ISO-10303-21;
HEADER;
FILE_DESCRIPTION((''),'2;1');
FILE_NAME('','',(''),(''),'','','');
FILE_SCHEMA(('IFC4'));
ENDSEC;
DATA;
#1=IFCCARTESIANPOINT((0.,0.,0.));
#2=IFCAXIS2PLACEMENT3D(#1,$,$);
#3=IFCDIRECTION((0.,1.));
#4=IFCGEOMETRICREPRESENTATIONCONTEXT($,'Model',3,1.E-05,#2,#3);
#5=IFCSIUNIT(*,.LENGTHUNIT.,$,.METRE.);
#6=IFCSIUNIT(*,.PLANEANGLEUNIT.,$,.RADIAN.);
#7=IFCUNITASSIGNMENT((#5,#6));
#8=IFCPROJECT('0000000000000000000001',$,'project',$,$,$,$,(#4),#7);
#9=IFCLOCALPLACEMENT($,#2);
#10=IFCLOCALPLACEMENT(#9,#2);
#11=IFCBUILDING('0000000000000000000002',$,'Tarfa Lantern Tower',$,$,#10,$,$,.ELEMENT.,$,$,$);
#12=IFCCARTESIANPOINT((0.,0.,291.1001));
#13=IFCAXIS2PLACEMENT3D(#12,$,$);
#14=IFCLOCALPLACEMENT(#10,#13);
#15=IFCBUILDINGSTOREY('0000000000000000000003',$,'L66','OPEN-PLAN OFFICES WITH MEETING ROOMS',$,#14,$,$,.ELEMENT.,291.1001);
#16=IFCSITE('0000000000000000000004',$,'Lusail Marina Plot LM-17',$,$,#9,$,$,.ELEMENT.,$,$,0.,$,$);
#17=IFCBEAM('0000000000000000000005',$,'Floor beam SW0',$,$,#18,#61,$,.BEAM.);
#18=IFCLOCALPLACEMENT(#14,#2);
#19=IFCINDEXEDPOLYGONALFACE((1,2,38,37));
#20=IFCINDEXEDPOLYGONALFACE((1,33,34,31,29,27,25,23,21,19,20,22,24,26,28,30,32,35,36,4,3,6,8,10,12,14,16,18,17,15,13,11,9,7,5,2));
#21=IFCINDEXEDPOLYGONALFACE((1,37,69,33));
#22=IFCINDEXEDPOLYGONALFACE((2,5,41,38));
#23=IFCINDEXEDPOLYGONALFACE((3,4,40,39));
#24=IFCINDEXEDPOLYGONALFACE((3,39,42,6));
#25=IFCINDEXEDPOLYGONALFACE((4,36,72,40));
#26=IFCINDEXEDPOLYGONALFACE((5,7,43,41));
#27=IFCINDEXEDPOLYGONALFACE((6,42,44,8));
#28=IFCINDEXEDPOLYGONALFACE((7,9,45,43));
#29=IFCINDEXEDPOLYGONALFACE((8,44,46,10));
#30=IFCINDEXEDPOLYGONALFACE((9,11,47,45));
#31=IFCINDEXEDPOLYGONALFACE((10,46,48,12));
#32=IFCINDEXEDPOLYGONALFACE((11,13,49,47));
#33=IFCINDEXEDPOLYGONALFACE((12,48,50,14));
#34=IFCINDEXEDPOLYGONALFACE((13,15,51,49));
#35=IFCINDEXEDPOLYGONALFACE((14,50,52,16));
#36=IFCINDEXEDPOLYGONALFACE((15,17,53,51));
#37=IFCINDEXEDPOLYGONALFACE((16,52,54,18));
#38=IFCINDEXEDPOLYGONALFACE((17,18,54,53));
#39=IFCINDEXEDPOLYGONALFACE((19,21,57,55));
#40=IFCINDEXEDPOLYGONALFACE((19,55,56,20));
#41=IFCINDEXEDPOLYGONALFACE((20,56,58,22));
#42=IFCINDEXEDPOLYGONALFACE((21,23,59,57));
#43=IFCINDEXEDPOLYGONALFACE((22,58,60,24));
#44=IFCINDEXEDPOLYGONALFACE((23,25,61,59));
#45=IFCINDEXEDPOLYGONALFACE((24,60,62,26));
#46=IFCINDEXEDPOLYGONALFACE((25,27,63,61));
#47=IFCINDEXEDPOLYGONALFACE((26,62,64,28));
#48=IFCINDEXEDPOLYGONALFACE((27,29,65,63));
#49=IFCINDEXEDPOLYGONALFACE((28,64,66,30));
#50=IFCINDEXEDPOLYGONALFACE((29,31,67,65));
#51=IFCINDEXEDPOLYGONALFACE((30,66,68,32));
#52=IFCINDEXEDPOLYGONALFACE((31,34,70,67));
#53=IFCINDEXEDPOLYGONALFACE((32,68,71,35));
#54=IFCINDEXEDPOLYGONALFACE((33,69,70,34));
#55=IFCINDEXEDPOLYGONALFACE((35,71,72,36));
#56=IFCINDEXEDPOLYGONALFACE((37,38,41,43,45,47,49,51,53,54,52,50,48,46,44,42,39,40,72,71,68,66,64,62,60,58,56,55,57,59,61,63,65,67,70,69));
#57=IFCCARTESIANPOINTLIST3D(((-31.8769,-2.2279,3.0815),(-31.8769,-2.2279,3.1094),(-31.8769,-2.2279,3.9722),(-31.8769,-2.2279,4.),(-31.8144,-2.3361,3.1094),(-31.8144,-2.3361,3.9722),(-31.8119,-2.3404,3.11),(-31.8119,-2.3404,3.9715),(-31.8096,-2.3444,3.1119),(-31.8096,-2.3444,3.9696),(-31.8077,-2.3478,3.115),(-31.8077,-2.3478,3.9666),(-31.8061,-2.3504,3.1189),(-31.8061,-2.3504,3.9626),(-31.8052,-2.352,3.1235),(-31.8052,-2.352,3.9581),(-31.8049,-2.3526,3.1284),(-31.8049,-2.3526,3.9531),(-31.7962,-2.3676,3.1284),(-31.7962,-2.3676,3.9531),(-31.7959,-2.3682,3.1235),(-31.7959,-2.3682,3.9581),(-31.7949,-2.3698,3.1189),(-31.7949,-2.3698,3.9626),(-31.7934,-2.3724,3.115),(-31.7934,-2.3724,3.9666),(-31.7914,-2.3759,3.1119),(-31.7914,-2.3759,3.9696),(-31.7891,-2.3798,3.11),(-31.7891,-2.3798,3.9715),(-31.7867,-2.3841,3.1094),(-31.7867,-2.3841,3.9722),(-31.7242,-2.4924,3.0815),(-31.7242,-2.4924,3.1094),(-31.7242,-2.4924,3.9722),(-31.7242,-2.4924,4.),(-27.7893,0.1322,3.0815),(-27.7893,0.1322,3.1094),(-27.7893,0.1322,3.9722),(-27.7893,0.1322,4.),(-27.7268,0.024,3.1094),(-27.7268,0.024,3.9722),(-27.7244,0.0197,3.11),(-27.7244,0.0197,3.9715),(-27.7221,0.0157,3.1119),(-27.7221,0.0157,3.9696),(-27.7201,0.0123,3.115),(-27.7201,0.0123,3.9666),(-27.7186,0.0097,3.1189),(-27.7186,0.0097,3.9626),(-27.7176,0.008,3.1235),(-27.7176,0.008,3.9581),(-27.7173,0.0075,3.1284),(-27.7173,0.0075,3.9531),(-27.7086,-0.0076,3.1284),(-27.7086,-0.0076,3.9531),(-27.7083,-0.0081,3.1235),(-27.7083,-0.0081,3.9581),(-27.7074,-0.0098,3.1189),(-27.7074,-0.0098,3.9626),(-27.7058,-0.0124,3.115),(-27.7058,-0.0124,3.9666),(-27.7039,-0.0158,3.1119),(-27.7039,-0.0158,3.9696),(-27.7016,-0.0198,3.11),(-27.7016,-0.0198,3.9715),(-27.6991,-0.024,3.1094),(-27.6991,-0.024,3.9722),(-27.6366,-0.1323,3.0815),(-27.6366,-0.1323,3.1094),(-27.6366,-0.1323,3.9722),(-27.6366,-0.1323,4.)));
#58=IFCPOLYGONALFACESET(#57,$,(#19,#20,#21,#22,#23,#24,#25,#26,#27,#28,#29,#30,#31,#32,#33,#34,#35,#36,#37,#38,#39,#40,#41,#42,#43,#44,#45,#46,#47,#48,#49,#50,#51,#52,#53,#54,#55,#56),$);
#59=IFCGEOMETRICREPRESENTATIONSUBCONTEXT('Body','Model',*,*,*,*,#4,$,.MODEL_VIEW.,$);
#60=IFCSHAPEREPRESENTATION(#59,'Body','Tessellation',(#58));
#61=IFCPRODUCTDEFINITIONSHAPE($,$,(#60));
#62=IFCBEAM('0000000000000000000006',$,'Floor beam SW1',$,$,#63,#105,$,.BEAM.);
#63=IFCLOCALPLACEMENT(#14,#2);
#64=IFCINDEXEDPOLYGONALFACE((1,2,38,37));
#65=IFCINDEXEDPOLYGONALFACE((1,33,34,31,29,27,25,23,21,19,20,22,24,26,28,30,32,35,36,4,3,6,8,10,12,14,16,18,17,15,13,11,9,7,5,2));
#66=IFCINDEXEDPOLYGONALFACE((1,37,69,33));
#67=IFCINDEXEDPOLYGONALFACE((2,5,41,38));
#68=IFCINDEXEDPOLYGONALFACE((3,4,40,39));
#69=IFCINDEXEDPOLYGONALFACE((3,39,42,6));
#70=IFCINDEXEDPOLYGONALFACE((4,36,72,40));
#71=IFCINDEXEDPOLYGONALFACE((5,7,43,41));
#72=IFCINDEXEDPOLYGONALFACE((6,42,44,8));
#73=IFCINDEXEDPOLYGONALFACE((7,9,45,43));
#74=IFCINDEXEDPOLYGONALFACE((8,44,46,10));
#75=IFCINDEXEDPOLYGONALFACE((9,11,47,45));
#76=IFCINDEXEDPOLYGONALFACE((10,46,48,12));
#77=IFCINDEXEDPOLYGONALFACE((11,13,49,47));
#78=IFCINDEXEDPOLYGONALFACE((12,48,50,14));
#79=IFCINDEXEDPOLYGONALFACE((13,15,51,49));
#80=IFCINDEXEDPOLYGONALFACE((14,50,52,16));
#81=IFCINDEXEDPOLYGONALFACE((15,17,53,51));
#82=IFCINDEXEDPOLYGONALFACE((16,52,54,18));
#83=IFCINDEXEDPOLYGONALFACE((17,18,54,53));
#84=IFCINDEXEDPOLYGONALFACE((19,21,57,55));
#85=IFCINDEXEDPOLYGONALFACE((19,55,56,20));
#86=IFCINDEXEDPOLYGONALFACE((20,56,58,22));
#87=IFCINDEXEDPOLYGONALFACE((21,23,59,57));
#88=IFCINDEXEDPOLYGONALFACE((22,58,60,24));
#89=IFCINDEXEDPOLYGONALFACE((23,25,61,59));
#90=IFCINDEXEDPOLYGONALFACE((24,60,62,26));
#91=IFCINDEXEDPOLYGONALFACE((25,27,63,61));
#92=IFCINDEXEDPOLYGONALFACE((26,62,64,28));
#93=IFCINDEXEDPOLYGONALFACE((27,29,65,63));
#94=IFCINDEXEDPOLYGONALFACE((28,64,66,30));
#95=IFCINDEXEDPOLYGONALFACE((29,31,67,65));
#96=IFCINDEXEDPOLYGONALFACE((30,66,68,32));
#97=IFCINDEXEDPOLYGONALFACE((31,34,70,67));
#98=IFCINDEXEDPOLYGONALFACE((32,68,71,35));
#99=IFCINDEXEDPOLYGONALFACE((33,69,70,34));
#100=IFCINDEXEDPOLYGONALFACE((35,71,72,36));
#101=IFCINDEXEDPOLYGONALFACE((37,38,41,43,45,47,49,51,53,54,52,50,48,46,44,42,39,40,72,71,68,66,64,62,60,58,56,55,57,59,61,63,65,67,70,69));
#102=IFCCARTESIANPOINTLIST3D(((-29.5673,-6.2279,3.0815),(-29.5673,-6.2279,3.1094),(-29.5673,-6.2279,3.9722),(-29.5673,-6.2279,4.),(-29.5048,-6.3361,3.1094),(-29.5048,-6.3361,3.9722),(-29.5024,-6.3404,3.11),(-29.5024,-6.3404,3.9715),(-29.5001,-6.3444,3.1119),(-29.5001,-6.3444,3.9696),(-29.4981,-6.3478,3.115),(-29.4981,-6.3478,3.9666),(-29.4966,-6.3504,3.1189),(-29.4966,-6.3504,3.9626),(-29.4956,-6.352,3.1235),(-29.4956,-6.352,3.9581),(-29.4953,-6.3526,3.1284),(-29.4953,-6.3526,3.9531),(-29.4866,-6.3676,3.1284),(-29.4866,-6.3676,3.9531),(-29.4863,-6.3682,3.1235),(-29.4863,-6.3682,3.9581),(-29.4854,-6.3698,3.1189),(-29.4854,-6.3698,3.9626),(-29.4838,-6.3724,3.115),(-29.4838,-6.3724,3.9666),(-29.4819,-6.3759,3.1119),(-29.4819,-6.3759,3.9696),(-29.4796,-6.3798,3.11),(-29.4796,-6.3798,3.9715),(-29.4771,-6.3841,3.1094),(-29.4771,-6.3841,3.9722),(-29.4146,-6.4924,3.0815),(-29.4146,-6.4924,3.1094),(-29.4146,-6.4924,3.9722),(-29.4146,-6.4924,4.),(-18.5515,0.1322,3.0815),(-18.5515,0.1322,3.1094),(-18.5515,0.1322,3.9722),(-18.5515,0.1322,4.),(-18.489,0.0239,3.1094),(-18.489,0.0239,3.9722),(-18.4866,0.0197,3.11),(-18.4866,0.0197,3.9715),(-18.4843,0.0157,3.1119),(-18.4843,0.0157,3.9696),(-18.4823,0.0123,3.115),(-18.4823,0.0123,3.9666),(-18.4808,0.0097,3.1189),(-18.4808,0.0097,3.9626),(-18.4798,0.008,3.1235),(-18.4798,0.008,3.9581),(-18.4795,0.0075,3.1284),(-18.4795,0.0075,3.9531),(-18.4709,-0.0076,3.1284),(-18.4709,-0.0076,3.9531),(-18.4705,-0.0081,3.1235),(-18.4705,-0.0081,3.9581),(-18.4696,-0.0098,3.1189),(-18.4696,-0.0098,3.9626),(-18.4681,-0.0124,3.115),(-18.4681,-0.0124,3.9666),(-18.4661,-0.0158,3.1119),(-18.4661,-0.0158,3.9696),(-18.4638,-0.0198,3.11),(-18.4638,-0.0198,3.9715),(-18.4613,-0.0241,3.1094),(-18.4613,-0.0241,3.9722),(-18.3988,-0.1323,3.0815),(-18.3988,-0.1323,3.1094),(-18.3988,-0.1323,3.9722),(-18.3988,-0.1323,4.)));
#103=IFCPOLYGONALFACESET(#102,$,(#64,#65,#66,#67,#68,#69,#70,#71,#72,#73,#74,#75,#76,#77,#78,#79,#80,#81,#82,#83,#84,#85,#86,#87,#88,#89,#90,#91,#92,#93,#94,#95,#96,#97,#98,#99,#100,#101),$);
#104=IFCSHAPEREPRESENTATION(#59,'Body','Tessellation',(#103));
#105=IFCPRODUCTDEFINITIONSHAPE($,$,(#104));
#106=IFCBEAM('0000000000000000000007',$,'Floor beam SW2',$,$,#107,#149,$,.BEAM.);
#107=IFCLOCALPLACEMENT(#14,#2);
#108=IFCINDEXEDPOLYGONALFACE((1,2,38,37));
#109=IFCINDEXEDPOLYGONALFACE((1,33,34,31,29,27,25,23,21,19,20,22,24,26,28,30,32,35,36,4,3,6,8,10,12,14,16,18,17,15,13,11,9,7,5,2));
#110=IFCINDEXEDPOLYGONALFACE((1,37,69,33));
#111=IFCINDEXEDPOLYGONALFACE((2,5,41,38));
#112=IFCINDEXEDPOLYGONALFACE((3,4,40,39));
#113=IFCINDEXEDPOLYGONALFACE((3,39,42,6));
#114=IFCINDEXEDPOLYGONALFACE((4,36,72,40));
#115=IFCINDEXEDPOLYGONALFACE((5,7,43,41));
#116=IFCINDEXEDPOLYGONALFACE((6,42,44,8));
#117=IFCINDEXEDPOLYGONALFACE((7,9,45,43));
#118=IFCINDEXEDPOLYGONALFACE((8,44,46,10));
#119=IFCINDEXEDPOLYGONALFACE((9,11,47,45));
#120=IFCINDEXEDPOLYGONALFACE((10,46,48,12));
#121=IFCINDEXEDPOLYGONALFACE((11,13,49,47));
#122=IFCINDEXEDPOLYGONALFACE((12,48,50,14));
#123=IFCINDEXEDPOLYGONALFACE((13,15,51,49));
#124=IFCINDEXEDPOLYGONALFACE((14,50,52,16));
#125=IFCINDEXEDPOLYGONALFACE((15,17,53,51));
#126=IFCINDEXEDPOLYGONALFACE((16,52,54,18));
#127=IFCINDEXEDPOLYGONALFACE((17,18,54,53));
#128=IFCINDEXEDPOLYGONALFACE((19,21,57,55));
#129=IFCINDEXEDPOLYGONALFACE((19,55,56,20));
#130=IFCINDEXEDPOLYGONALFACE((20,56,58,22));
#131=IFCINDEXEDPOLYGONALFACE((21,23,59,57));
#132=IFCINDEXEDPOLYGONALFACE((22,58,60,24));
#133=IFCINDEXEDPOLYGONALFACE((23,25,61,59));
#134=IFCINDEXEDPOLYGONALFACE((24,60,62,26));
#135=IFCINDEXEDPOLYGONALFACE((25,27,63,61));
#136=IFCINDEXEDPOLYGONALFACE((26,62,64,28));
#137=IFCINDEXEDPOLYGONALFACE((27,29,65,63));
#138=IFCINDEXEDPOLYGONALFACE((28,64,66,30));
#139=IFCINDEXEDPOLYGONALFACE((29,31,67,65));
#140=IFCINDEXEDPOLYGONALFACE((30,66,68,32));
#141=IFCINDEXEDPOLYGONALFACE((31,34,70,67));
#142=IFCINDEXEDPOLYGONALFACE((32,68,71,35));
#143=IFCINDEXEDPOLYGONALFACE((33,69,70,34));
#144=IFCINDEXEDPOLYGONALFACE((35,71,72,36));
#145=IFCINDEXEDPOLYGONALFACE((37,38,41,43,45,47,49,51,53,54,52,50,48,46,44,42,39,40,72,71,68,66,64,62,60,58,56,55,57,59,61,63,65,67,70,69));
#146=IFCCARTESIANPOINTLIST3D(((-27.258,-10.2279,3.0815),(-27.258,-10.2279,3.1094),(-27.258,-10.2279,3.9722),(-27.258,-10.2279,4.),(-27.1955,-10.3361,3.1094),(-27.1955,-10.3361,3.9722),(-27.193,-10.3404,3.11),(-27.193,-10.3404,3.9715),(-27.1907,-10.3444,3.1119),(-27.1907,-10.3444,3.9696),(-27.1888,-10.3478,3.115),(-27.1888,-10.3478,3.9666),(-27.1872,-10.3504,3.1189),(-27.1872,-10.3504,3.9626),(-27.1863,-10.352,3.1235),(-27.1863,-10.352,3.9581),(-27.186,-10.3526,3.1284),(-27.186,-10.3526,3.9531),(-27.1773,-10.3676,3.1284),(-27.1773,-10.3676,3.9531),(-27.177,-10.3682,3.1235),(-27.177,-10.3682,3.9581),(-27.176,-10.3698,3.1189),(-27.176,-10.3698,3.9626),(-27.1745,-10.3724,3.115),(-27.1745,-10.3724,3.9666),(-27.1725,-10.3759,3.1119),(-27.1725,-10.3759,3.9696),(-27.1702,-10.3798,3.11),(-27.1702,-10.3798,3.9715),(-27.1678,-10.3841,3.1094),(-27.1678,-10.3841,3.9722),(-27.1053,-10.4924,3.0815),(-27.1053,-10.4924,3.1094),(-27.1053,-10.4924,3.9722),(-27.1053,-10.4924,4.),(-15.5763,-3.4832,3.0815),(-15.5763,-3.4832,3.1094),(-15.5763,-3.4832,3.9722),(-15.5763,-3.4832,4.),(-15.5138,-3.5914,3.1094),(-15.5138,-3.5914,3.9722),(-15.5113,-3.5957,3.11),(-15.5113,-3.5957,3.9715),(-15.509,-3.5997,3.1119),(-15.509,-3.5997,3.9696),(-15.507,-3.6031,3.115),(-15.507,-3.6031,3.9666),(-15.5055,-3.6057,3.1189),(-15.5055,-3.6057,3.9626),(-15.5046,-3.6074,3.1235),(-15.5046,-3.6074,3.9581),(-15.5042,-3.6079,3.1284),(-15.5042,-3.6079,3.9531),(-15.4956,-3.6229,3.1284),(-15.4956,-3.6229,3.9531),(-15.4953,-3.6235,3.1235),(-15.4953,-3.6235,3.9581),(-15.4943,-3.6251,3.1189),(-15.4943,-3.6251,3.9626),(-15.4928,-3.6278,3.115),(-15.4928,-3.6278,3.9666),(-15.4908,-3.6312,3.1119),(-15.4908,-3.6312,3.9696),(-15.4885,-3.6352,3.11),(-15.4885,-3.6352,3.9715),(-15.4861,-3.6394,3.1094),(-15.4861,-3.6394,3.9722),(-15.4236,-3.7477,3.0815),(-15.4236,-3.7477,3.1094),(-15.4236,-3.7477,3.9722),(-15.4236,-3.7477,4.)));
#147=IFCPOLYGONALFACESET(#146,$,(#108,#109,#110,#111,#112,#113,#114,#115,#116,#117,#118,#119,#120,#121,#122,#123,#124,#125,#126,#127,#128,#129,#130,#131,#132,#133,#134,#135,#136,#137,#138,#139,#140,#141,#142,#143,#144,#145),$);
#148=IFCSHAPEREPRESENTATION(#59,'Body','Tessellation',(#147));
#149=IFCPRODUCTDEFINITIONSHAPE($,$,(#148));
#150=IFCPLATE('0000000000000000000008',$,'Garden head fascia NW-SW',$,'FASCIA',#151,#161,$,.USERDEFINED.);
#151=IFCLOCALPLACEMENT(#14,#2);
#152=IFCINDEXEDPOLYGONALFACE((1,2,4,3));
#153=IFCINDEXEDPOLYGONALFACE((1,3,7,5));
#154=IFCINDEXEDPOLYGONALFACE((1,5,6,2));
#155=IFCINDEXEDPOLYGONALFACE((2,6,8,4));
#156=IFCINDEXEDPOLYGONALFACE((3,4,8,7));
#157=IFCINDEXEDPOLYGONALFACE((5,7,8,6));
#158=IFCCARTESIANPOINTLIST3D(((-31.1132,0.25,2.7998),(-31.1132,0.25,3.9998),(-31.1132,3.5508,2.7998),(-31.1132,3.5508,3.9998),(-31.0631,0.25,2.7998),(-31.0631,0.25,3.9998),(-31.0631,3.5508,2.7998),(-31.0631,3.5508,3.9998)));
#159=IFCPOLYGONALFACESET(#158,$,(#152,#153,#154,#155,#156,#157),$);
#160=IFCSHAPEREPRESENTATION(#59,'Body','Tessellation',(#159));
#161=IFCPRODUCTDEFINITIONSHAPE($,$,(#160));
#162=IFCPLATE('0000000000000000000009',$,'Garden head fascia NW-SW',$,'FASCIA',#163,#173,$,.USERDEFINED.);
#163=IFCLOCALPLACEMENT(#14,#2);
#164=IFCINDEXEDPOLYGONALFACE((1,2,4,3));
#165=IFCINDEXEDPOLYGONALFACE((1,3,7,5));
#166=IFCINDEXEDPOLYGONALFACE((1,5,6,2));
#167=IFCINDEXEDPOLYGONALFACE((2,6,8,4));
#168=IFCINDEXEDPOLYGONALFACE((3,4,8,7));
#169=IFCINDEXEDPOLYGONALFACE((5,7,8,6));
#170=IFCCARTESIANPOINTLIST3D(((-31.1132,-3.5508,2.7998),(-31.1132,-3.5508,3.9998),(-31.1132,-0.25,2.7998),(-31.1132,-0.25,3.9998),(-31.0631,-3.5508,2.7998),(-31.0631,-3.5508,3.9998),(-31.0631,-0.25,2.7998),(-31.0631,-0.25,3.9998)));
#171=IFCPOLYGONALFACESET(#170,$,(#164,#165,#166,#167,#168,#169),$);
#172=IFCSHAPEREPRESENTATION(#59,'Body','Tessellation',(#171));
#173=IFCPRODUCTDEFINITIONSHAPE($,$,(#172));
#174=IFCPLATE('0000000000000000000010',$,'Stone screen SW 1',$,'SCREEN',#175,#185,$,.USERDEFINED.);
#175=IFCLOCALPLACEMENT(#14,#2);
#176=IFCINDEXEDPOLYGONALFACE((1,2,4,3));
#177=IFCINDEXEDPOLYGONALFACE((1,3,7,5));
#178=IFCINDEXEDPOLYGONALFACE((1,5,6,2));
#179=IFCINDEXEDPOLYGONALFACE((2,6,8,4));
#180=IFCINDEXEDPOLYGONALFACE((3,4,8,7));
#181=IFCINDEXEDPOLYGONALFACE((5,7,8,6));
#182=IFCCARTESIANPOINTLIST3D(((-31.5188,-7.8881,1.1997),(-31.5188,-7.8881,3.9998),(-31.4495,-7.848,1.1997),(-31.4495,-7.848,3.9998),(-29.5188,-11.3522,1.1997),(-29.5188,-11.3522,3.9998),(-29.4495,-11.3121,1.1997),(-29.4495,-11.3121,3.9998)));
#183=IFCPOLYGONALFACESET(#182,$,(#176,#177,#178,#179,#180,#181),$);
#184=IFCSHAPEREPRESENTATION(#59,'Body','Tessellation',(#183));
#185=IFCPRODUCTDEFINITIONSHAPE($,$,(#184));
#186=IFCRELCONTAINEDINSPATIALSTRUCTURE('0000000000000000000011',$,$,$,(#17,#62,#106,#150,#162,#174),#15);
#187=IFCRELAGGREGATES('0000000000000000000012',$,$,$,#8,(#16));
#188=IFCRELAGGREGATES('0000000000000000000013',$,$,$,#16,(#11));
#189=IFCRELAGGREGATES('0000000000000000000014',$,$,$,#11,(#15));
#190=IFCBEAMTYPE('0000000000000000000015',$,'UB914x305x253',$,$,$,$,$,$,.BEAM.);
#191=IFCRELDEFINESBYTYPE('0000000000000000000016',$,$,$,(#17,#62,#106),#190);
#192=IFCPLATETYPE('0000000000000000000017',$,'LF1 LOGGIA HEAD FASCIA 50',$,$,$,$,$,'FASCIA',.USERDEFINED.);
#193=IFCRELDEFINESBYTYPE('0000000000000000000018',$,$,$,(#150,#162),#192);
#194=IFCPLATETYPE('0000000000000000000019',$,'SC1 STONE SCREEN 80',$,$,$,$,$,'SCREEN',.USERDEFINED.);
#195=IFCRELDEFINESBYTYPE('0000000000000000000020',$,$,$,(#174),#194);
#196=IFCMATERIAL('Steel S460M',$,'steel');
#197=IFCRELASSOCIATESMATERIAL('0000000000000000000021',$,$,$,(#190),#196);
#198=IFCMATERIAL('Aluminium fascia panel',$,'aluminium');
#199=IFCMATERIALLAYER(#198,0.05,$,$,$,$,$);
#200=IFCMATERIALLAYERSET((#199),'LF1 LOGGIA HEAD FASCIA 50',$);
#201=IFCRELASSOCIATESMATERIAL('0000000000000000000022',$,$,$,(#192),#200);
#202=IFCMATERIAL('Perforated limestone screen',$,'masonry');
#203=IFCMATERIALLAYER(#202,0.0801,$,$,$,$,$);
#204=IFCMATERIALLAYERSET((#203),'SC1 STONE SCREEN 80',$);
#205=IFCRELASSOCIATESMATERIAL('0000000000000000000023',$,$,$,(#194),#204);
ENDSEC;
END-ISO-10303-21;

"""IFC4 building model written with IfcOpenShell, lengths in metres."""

from ifc_helpers import new_model, si_unit, direction, frame, origin, origin_2d, place, context, subcontext, project, spatial, rectangle, i_section, extrude, material, layer, layer_set, material_profile, profile_set, type_object, element, save


model = new_model("IFC4")

# Units and contexts
model_context = context("Model", 3, precision=1e-05, world=origin(), true_north=direction((0.0, 1.0)))
body_context = subcontext(model_context, "Body", "Model", "MODEL_VIEW")
ifc_project = project(units=[si_unit("LENGTHUNIT", "METRE"), si_unit("PLANEANGLEUNIT", "RADIAN")], contexts=[model_context])

# Site, building, storey
site_placement = place(None, origin())
site = spatial("IfcSite", under=ifc_project, at=site_placement, Name="Lusail Marina Plot LM-17", CompositionType="ELEMENT", RefElevation=0.0)
building_placement = place(site_placement, origin())
building = spatial("IfcBuilding", under=site, at=building_placement, Name="Tarfa Lantern Tower", CompositionType="ELEMENT")
storey_placement = place(building_placement, frame((0.0, 0.0, 291.1001)))
storey = spatial("IfcBuildingStorey", under=building, at=storey_placement, Name="L66", Description="OPEN-PLAN OFFICES WITH MEETING ROOMS", CompositionType="ELEMENT", Elevation=291.1001)

# Beams
ifc_material_1 = material(Name="Steel S460M", Category="steel")
ifc_material_profile_1 = material_profile(ifc_material_1, i_section(OverallWidth=0.3054, OverallDepth=0.9185, WebThickness=0.0173, FlangeThickness=0.0278, FilletRadius=0.019, at=origin_2d()), Name="UB914x305x253")
ifc_profile_set_1 = profile_set([ifc_material_profile_1], Name="Steel S460M")
beam_type_1 = type_object("IfcBeamType", Name="UB914x305x253", PredefinedType="BEAM", material=ifc_profile_set_1)
beam_1_placement = place(storey_placement, frame((-31.8005, -2.3601, 3.5408), z_axis=(0.866016, 0.500016, 0.0), x_axis=(-0.500016, 0.866016, 0.0)))
element("IfcBeam", 1, at=beam_1_placement, inside=storey, type_object=beam_type_1, Name="Floor beam SW0", PredefinedType="BEAM", context=body_context, shape_type="SweptSolid", body=[
    extrude(i_section(OverallWidth=0.3054, OverallDepth=0.9185, WebThickness=0.0173, FlangeThickness=0.0278, FilletRadius=0.019, at=origin_2d()), origin(), (0.0, 0.0, 1.0), 4.72),
])
beam_2_placement = place(storey_placement, frame((-29.491, -6.3601, 3.5408), z_axis=(0.866022, 0.500005, 0.0), x_axis=(-0.500005, 0.866022, 0.0)))
element("IfcBeam", 2, at=beam_2_placement, inside=storey, type_object=beam_type_1, Name="Floor beam SW1", PredefinedType="BEAM", context=body_context, shape_type="SweptSolid", body=[
    extrude(i_section(OverallWidth=0.3054, OverallDepth=0.9185, WebThickness=0.0173, FlangeThickness=0.0278, FilletRadius=0.019, at=origin_2d()), origin(), (0.0, 0.0, 1.0), 12.72),
])
beam_3_placement = place(storey_placement, frame((-27.1816, -10.3601, 3.5408), z_axis=(0.866018, 0.500013, 0.0), x_axis=(-0.500013, 0.866018, 0.0)))
element("IfcBeam", 3, at=beam_3_placement, inside=storey, type_object=beam_type_1, Name="Floor beam SW2", PredefinedType="BEAM", context=body_context, shape_type="SweptSolid", body=[
    extrude(i_section(OverallWidth=0.3054, OverallDepth=0.9185, WebThickness=0.0173, FlangeThickness=0.0278, FilletRadius=0.019, at=origin_2d()), origin(), (0.0, 0.0, 1.0), 13.489),
])

# Plates
ifc_material_2 = material(Name="Aluminium fascia panel", Category="aluminium")
ifc_layer_1 = layer(ifc_material_2, 0.05)
ifc_layer_set_1 = layer_set([ifc_layer_1], Name="LF1 LOGGIA HEAD FASCIA 50")
plate_type_1 = type_object("IfcPlateType", Name="LF1 LOGGIA HEAD FASCIA 50", ElementType="FASCIA", PredefinedType="USERDEFINED", material=ifc_layer_set_1)
for number, where, z_axis, x_axis, name in (
    (4, (-31.0881, 1.9004, 2.7998), (0.0, 0.0, 1.0), (0.0, -1.0, 0.0), "Garden head fascia NW-SW"),
    (5, (-31.0881, -1.9004, 2.7998), (0.0, 0.0, 1.0), (0.0, -1.0, 0.0), "Garden head fascia NW-SW"),
):
    element("IfcPlate", number, at=place(storey_placement, frame(where, z_axis=z_axis, x_axis=x_axis)), inside=storey, type_object=plate_type_1, Name=name, ObjectType="FASCIA", PredefinedType="USERDEFINED", context=body_context, shape_type="SweptSolid", body=[
        extrude(rectangle(XDim=3.3008, YDim=0.05, at=origin_2d()), origin(), (0.0, 0.0, 1.0), 1.2),
    ])
ifc_material_3 = material(Name="Perforated limestone screen", Category="masonry")
ifc_layer_2 = layer(ifc_material_3, 0.0801)
ifc_layer_set_2 = layer_set([ifc_layer_2], Name="SC1 STONE SCREEN 80")
plate_type_2 = type_object("IfcPlateType", Name="SC1 STONE SCREEN 80", ElementType="SCREEN", PredefinedType="USERDEFINED", material=ifc_layer_set_2)
plate_placement = place(storey_placement, frame((-30.4841, -9.6001, 1.1997), z_axis=(0.0, 0.0, 1.0), x_axis=(0.5, -0.866025, 0.0)))
element("IfcPlate", 6, at=plate_placement, inside=storey, type_object=plate_type_2, Name="Stone screen SW 1", ObjectType="SCREEN", PredefinedType="USERDEFINED", context=body_context, shape_type="SweptSolid", body=[
    extrude(rectangle(XDim=4.0, YDim=0.0801, at=origin_2d()), origin(), (0.0, 0.0, 1.0), 2.8),
])

save(model, "model.ifc")
